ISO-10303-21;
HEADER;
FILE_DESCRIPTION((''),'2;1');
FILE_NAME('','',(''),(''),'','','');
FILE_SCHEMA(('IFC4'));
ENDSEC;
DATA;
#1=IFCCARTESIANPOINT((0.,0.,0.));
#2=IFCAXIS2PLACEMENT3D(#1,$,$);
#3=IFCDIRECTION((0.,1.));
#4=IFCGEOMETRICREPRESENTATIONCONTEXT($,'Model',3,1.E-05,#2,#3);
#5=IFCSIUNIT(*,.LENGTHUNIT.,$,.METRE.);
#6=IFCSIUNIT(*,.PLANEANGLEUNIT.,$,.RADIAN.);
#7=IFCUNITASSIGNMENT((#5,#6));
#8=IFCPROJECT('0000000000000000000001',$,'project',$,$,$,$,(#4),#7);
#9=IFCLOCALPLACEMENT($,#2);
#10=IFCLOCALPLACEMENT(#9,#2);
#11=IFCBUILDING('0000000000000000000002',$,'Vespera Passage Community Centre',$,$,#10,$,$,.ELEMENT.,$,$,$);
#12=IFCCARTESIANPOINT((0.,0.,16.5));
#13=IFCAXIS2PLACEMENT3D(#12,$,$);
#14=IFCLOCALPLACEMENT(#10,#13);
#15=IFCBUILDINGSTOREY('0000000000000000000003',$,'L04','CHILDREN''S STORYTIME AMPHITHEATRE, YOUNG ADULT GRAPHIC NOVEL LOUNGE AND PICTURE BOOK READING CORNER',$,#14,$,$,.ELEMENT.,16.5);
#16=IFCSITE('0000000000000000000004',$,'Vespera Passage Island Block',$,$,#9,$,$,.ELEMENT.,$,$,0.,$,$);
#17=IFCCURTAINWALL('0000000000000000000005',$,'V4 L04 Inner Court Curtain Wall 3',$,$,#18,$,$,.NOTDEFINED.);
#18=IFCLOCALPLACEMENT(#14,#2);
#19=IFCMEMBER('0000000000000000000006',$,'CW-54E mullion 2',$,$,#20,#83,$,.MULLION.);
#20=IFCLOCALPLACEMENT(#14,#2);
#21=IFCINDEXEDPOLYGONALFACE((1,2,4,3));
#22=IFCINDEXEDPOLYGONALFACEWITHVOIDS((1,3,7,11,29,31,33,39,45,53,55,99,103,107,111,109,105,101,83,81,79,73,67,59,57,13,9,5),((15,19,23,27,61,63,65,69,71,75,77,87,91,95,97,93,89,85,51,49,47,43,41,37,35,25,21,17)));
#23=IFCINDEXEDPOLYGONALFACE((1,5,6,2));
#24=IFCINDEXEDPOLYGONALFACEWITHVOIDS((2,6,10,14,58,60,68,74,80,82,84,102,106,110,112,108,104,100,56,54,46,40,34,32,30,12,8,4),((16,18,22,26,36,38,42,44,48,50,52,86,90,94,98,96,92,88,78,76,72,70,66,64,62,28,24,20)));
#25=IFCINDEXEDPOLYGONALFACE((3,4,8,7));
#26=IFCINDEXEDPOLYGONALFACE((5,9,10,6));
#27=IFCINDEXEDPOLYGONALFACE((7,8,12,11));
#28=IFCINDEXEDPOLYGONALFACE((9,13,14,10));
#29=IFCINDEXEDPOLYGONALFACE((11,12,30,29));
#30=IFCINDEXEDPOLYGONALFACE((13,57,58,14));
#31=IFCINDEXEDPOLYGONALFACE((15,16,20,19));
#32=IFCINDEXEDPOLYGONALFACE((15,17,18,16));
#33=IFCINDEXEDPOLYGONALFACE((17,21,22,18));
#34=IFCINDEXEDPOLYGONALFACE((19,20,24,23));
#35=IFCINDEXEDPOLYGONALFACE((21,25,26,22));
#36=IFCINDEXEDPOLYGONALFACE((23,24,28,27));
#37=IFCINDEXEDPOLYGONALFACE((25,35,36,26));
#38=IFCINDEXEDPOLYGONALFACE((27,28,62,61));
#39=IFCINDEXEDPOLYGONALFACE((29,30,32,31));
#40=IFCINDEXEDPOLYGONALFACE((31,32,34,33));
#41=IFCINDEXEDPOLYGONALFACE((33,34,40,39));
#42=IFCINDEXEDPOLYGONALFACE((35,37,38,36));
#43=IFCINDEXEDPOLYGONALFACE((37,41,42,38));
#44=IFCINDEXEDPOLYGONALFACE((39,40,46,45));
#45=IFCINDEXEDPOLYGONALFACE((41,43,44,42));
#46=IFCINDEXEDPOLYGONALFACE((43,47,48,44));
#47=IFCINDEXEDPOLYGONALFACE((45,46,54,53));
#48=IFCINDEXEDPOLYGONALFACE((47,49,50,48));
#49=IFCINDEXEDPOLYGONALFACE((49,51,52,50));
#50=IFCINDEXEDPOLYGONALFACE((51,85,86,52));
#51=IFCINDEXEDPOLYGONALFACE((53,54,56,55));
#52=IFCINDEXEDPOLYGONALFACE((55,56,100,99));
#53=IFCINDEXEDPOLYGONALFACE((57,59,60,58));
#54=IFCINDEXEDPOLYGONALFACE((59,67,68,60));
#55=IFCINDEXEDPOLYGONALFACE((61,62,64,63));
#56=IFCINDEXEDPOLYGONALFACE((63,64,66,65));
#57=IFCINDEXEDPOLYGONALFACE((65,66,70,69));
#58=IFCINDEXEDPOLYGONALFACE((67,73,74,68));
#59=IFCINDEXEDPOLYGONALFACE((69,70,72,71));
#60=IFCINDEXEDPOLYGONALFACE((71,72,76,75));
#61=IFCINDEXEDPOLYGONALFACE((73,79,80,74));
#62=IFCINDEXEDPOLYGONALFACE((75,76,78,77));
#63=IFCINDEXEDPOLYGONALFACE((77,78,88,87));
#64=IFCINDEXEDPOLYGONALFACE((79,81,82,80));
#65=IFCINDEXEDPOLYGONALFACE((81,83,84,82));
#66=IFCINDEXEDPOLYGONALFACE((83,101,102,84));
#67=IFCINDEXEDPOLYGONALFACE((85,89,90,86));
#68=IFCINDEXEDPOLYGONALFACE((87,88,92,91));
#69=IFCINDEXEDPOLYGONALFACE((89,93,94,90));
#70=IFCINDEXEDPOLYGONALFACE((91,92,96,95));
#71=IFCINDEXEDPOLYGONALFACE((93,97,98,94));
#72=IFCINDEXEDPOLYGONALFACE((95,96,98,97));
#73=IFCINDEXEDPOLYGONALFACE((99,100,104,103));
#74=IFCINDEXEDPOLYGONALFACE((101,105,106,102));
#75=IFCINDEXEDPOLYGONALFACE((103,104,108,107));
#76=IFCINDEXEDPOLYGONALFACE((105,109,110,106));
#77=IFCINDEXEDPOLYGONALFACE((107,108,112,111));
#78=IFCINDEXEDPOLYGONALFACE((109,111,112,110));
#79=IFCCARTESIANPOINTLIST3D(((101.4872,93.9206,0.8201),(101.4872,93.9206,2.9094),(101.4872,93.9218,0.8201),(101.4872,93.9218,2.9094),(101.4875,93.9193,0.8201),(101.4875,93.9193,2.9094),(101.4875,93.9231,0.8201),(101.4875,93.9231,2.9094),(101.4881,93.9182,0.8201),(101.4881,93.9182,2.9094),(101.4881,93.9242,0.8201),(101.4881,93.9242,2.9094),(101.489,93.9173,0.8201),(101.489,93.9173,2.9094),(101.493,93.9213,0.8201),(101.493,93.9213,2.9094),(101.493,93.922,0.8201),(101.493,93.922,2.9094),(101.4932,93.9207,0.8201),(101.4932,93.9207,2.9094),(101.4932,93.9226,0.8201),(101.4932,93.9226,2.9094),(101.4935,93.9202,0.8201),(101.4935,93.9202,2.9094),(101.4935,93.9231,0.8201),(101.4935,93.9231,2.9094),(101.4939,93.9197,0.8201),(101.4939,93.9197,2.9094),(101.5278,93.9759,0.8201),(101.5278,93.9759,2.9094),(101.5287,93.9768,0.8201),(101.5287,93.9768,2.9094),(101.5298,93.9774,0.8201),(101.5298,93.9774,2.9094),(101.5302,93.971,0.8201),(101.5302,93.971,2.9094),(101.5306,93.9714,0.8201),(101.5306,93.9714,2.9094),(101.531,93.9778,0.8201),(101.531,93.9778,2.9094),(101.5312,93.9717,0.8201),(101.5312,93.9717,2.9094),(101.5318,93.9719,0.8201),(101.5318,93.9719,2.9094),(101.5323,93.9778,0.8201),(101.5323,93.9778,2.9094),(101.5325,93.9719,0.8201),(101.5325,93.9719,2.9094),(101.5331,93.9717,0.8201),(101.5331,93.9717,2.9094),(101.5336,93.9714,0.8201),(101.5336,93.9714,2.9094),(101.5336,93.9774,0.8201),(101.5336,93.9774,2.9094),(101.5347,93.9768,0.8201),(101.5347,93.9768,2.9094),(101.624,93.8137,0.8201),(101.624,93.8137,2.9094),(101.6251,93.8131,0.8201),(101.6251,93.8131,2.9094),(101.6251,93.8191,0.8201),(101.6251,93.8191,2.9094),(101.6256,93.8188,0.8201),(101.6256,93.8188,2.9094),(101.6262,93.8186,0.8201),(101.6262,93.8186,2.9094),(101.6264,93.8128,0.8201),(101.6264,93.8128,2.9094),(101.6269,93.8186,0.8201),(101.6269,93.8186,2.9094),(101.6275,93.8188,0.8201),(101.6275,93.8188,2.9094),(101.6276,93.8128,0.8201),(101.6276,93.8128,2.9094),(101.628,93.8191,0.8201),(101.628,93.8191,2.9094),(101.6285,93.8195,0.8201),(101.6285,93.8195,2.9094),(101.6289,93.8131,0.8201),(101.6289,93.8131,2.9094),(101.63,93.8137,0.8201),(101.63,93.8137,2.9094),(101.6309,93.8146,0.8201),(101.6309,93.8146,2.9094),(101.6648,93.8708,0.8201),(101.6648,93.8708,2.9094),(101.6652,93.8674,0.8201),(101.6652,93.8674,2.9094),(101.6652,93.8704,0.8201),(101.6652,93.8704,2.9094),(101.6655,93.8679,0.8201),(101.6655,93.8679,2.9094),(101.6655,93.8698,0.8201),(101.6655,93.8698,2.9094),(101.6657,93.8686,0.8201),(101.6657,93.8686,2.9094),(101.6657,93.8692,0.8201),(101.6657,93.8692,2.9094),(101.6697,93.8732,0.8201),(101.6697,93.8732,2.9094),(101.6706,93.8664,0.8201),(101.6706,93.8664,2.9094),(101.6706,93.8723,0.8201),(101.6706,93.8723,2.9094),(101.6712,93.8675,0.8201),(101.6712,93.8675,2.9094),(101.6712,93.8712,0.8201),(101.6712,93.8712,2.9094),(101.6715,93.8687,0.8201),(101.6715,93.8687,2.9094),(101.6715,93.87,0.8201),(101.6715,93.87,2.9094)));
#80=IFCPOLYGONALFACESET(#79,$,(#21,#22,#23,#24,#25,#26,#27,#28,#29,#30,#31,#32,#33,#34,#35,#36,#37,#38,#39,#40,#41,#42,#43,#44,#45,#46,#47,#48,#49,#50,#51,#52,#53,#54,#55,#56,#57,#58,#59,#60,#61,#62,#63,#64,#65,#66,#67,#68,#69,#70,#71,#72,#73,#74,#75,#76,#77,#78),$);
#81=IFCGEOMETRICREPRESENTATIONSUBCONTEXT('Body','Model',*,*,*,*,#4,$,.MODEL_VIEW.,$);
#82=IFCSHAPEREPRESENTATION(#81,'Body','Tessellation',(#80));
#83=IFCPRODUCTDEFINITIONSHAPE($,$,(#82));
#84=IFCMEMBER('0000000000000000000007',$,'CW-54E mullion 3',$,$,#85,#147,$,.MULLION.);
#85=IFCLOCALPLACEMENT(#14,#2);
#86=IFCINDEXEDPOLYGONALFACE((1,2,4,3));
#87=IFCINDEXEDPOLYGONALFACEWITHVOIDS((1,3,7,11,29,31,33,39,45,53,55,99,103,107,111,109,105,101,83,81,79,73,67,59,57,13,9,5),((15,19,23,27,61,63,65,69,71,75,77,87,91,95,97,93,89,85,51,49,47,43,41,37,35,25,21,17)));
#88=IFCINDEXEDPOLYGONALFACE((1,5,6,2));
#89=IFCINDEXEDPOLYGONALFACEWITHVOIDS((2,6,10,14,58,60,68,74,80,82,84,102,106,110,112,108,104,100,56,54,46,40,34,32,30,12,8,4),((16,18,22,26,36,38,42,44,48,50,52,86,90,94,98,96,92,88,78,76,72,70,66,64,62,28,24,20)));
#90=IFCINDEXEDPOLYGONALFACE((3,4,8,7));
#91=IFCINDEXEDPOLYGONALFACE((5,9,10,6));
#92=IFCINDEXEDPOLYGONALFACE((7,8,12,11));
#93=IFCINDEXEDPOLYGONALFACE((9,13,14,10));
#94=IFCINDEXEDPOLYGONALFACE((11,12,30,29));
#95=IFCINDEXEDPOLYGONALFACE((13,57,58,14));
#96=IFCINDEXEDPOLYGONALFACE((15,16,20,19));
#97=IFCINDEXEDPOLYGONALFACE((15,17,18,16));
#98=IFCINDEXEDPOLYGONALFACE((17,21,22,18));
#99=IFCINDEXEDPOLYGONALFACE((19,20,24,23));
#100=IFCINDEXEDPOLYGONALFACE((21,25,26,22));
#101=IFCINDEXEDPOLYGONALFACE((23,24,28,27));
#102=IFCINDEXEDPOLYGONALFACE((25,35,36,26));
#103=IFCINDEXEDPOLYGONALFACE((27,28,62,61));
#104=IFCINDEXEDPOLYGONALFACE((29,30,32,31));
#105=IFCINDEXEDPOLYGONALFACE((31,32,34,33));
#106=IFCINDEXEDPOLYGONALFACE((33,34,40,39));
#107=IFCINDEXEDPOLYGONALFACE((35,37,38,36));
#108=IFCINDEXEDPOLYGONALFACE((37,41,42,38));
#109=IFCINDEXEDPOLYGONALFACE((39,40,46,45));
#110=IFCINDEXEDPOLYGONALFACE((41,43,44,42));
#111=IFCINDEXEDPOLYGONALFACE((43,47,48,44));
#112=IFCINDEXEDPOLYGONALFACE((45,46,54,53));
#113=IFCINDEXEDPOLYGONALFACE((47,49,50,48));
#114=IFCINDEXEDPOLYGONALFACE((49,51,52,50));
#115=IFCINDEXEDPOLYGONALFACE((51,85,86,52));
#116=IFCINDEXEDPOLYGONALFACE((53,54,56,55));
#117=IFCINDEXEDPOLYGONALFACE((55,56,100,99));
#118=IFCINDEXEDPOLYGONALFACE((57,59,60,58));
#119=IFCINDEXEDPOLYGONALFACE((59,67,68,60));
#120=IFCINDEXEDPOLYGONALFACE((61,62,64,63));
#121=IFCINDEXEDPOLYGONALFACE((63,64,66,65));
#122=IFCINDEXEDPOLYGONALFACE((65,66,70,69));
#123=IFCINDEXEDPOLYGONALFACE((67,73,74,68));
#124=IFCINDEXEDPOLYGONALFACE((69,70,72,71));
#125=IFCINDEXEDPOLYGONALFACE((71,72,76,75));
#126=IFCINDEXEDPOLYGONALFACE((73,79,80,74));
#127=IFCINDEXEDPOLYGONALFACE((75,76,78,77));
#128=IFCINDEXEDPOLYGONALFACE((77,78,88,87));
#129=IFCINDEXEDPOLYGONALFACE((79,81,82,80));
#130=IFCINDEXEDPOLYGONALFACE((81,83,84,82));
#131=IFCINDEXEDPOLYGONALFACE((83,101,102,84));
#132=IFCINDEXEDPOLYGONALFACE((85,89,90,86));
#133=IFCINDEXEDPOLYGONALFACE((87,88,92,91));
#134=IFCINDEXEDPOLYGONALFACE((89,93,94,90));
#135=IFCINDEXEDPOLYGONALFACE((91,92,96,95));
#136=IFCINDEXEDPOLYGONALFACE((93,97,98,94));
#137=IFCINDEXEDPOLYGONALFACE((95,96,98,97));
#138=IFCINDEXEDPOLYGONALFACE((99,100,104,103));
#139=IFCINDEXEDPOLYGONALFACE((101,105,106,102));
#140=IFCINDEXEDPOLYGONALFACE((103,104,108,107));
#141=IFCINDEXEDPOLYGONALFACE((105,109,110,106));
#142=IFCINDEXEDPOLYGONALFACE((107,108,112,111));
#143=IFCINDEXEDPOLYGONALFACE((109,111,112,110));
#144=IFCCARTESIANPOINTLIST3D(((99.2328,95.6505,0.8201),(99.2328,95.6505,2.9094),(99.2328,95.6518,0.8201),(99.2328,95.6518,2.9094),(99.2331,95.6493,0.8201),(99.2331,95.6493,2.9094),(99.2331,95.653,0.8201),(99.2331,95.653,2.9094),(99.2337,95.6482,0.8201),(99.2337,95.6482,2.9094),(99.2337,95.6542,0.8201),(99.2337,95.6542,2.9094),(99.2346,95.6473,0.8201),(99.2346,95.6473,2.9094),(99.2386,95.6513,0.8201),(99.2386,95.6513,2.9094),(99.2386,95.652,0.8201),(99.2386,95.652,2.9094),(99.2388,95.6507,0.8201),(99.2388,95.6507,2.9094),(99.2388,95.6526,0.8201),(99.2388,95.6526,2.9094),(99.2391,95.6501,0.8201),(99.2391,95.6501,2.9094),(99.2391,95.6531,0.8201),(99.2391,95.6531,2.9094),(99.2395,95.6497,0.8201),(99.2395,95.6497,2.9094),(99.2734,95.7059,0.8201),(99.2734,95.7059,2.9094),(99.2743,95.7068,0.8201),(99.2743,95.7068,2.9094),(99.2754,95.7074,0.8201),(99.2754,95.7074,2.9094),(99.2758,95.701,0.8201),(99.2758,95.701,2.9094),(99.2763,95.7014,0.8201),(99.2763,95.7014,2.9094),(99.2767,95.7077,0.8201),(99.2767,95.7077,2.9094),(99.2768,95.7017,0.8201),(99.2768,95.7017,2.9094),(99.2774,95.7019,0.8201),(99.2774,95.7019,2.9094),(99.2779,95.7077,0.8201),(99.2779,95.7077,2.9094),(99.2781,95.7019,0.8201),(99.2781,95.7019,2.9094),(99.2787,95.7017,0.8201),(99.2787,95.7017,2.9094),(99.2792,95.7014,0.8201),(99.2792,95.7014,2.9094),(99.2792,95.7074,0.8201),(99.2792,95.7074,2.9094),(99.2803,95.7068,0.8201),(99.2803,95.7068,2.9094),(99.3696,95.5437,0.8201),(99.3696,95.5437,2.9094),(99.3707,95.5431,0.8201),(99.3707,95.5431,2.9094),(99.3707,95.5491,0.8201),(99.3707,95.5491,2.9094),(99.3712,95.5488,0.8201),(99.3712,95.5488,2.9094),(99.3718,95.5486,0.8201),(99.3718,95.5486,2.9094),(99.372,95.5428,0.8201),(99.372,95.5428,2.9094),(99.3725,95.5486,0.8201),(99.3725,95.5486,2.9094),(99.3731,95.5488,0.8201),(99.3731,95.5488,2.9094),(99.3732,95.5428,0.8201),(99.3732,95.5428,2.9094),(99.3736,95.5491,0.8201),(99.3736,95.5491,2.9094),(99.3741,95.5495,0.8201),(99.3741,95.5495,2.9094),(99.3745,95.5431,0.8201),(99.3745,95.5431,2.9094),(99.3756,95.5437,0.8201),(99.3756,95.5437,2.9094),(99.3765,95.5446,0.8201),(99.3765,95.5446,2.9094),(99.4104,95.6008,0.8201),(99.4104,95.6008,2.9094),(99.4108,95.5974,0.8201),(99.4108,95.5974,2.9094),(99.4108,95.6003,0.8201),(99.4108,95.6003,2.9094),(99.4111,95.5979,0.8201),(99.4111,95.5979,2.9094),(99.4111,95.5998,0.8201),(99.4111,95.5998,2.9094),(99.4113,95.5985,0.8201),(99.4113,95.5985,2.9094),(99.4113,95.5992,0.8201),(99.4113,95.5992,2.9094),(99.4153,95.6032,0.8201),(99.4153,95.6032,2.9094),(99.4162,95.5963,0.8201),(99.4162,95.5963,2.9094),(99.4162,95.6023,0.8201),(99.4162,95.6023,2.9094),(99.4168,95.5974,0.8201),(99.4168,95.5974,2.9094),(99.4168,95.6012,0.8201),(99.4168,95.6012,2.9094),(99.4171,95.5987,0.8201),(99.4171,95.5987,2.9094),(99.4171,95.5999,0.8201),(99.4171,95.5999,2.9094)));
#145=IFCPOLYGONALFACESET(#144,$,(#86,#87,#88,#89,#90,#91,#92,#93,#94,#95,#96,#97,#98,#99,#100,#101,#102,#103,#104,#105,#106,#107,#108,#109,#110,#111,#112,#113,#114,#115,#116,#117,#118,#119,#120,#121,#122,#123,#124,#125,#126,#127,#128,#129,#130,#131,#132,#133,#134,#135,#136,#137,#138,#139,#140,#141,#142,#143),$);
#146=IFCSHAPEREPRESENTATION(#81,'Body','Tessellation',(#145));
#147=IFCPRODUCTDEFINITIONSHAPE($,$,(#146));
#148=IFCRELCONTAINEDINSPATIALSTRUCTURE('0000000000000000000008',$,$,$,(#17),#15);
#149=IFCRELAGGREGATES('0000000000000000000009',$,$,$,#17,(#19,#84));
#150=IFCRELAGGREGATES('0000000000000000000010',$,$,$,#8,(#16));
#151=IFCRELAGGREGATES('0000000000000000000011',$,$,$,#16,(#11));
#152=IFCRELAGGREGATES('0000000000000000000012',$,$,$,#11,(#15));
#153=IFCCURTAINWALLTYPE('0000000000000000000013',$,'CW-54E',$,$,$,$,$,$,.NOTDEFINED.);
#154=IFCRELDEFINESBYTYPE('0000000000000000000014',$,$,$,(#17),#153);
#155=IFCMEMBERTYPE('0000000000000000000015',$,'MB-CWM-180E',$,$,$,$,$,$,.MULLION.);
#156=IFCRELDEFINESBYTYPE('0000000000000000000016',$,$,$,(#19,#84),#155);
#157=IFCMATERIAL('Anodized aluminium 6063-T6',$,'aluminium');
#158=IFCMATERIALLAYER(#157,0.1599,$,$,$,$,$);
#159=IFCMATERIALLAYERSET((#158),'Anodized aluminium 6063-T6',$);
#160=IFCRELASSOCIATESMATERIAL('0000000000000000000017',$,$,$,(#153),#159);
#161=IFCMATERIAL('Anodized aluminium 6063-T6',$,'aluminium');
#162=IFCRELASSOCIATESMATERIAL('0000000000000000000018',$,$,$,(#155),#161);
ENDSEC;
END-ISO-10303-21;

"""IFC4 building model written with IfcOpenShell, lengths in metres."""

from ifc_helpers import new_model, si_unit, direction, frame, origin, origin_2d, place, context, subcontext, project, spatial, hollow_rectangle, extrude, material, layer, layer_set, material_profile, profile_set, type_object, element, aggregate, save


model = new_model("IFC4")

# Units and contexts
model_context = context("Model", 3, precision=1e-05, world=origin(), true_north=direction((0.0, 1.0)))
body_context = subcontext(model_context, "Body", "Model", "MODEL_VIEW")
ifc_project = project(units=[si_unit("LENGTHUNIT", "METRE"), si_unit("PLANEANGLEUNIT", "RADIAN")], contexts=[model_context])

# Site, building, storey
site_placement = place(None, origin())
site = spatial("IfcSite", under=ifc_project, at=site_placement, Name="Vespera Passage Island Block", CompositionType="ELEMENT", RefElevation=0.0)
building_placement = place(site_placement, origin())
building = spatial("IfcBuilding", under=site, at=building_placement, Name="Vespera Passage Community Centre", CompositionType="ELEMENT")
storey_placement = place(building_placement, frame((0.0, 0.0, 16.5)))
storey = spatial("IfcBuildingStorey", under=building, at=storey_placement, Name="L04", Description="CHILDREN'S STORYTIME AMPHITHEATRE, YOUNG ADULT GRAPHIC NOVEL LOUNGE AND PICTURE BOOK READING CORNER", CompositionType="ELEMENT", Elevation=16.5)

# Curtain wall, members
ifc_material_1 = material(Name="Anodized aluminium 6063-T6", Category="aluminium")
ifc_layer_1 = layer(ifc_material_1, 0.1599)
ifc_layer_set_1 = layer_set([ifc_layer_1], Name="Anodized aluminium 6063-T6")
curtain_wall_type_1 = type_object("IfcCurtainWallType", Name="CW-54E", PredefinedType="NOTDEFINED", material=ifc_layer_set_1)
curtain_wall_1_placement = place(storey_placement, origin())
curtain_wall_1 = element("IfcCurtainWall", 1, at=curtain_wall_1_placement, inside=storey, type_object=curtain_wall_type_1, Name="V4 L04 Inner Court Curtain Wall 3", PredefinedType="NOTDEFINED")
ifc_material_2 = material(Name="Anodized aluminium 6063-T6", Category="aluminium")
ifc_material_profile_1 = material_profile(ifc_material_2, hollow_rectangle(XDim=0.075, YDim=0.1799, WallThickness=0.0049, InnerFilletRadius=0.0024, OuterFilletRadius=0.0049, at=origin_2d()), Name="ALU180X75X5")
ifc_profile_set_1 = profile_set([ifc_material_profile_1], Name="Anodized aluminium 6063-T6")
member_type_1 = type_object("IfcMemberType", Name="MB-CWM-180E", PredefinedType="MULLION", material=ifc_profile_set_1)
member_1_placement = place(storey_placement, frame((101.5793, 93.8953, 0.8201), z_axis=(0.0, 0.0, 1.0), x_axis=(-0.608755, -0.793358, 0.0)))
member_1 = element("IfcMember", 2, at=member_1_placement, type_object=member_type_1, Name="CW-54E mullion 2", PredefinedType="MULLION", context=body_context, shape_type="SweptSolid", body=[
    extrude(hollow_rectangle(XDim=0.075, YDim=0.1799, WallThickness=0.0049, InnerFilletRadius=0.0024, OuterFilletRadius=0.0049, at=origin_2d()), origin(), (0.0, 0.0, 1.0), 2.0894),
])
member_2_placement = place(storey_placement, frame((99.325, 95.6252, 0.8201), z_axis=(0.0, 0.0, 1.0), x_axis=(-0.608755, -0.793358, 0.0)))
member_2 = element("IfcMember", 3, at=member_2_placement, type_object=member_type_1, Name="CW-54E mullion 3", PredefinedType="MULLION", context=body_context, shape_type="SweptSolid", body=[
    extrude(hollow_rectangle(XDim=0.075, YDim=0.1799, WallThickness=0.0049, InnerFilletRadius=0.0024, OuterFilletRadius=0.0049, at=origin_2d()), origin(), (0.0, 0.0, 1.0), 2.0894),
])

aggregate(curtain_wall_1, [member_1, member_2])

save(model, "model.ifc")
